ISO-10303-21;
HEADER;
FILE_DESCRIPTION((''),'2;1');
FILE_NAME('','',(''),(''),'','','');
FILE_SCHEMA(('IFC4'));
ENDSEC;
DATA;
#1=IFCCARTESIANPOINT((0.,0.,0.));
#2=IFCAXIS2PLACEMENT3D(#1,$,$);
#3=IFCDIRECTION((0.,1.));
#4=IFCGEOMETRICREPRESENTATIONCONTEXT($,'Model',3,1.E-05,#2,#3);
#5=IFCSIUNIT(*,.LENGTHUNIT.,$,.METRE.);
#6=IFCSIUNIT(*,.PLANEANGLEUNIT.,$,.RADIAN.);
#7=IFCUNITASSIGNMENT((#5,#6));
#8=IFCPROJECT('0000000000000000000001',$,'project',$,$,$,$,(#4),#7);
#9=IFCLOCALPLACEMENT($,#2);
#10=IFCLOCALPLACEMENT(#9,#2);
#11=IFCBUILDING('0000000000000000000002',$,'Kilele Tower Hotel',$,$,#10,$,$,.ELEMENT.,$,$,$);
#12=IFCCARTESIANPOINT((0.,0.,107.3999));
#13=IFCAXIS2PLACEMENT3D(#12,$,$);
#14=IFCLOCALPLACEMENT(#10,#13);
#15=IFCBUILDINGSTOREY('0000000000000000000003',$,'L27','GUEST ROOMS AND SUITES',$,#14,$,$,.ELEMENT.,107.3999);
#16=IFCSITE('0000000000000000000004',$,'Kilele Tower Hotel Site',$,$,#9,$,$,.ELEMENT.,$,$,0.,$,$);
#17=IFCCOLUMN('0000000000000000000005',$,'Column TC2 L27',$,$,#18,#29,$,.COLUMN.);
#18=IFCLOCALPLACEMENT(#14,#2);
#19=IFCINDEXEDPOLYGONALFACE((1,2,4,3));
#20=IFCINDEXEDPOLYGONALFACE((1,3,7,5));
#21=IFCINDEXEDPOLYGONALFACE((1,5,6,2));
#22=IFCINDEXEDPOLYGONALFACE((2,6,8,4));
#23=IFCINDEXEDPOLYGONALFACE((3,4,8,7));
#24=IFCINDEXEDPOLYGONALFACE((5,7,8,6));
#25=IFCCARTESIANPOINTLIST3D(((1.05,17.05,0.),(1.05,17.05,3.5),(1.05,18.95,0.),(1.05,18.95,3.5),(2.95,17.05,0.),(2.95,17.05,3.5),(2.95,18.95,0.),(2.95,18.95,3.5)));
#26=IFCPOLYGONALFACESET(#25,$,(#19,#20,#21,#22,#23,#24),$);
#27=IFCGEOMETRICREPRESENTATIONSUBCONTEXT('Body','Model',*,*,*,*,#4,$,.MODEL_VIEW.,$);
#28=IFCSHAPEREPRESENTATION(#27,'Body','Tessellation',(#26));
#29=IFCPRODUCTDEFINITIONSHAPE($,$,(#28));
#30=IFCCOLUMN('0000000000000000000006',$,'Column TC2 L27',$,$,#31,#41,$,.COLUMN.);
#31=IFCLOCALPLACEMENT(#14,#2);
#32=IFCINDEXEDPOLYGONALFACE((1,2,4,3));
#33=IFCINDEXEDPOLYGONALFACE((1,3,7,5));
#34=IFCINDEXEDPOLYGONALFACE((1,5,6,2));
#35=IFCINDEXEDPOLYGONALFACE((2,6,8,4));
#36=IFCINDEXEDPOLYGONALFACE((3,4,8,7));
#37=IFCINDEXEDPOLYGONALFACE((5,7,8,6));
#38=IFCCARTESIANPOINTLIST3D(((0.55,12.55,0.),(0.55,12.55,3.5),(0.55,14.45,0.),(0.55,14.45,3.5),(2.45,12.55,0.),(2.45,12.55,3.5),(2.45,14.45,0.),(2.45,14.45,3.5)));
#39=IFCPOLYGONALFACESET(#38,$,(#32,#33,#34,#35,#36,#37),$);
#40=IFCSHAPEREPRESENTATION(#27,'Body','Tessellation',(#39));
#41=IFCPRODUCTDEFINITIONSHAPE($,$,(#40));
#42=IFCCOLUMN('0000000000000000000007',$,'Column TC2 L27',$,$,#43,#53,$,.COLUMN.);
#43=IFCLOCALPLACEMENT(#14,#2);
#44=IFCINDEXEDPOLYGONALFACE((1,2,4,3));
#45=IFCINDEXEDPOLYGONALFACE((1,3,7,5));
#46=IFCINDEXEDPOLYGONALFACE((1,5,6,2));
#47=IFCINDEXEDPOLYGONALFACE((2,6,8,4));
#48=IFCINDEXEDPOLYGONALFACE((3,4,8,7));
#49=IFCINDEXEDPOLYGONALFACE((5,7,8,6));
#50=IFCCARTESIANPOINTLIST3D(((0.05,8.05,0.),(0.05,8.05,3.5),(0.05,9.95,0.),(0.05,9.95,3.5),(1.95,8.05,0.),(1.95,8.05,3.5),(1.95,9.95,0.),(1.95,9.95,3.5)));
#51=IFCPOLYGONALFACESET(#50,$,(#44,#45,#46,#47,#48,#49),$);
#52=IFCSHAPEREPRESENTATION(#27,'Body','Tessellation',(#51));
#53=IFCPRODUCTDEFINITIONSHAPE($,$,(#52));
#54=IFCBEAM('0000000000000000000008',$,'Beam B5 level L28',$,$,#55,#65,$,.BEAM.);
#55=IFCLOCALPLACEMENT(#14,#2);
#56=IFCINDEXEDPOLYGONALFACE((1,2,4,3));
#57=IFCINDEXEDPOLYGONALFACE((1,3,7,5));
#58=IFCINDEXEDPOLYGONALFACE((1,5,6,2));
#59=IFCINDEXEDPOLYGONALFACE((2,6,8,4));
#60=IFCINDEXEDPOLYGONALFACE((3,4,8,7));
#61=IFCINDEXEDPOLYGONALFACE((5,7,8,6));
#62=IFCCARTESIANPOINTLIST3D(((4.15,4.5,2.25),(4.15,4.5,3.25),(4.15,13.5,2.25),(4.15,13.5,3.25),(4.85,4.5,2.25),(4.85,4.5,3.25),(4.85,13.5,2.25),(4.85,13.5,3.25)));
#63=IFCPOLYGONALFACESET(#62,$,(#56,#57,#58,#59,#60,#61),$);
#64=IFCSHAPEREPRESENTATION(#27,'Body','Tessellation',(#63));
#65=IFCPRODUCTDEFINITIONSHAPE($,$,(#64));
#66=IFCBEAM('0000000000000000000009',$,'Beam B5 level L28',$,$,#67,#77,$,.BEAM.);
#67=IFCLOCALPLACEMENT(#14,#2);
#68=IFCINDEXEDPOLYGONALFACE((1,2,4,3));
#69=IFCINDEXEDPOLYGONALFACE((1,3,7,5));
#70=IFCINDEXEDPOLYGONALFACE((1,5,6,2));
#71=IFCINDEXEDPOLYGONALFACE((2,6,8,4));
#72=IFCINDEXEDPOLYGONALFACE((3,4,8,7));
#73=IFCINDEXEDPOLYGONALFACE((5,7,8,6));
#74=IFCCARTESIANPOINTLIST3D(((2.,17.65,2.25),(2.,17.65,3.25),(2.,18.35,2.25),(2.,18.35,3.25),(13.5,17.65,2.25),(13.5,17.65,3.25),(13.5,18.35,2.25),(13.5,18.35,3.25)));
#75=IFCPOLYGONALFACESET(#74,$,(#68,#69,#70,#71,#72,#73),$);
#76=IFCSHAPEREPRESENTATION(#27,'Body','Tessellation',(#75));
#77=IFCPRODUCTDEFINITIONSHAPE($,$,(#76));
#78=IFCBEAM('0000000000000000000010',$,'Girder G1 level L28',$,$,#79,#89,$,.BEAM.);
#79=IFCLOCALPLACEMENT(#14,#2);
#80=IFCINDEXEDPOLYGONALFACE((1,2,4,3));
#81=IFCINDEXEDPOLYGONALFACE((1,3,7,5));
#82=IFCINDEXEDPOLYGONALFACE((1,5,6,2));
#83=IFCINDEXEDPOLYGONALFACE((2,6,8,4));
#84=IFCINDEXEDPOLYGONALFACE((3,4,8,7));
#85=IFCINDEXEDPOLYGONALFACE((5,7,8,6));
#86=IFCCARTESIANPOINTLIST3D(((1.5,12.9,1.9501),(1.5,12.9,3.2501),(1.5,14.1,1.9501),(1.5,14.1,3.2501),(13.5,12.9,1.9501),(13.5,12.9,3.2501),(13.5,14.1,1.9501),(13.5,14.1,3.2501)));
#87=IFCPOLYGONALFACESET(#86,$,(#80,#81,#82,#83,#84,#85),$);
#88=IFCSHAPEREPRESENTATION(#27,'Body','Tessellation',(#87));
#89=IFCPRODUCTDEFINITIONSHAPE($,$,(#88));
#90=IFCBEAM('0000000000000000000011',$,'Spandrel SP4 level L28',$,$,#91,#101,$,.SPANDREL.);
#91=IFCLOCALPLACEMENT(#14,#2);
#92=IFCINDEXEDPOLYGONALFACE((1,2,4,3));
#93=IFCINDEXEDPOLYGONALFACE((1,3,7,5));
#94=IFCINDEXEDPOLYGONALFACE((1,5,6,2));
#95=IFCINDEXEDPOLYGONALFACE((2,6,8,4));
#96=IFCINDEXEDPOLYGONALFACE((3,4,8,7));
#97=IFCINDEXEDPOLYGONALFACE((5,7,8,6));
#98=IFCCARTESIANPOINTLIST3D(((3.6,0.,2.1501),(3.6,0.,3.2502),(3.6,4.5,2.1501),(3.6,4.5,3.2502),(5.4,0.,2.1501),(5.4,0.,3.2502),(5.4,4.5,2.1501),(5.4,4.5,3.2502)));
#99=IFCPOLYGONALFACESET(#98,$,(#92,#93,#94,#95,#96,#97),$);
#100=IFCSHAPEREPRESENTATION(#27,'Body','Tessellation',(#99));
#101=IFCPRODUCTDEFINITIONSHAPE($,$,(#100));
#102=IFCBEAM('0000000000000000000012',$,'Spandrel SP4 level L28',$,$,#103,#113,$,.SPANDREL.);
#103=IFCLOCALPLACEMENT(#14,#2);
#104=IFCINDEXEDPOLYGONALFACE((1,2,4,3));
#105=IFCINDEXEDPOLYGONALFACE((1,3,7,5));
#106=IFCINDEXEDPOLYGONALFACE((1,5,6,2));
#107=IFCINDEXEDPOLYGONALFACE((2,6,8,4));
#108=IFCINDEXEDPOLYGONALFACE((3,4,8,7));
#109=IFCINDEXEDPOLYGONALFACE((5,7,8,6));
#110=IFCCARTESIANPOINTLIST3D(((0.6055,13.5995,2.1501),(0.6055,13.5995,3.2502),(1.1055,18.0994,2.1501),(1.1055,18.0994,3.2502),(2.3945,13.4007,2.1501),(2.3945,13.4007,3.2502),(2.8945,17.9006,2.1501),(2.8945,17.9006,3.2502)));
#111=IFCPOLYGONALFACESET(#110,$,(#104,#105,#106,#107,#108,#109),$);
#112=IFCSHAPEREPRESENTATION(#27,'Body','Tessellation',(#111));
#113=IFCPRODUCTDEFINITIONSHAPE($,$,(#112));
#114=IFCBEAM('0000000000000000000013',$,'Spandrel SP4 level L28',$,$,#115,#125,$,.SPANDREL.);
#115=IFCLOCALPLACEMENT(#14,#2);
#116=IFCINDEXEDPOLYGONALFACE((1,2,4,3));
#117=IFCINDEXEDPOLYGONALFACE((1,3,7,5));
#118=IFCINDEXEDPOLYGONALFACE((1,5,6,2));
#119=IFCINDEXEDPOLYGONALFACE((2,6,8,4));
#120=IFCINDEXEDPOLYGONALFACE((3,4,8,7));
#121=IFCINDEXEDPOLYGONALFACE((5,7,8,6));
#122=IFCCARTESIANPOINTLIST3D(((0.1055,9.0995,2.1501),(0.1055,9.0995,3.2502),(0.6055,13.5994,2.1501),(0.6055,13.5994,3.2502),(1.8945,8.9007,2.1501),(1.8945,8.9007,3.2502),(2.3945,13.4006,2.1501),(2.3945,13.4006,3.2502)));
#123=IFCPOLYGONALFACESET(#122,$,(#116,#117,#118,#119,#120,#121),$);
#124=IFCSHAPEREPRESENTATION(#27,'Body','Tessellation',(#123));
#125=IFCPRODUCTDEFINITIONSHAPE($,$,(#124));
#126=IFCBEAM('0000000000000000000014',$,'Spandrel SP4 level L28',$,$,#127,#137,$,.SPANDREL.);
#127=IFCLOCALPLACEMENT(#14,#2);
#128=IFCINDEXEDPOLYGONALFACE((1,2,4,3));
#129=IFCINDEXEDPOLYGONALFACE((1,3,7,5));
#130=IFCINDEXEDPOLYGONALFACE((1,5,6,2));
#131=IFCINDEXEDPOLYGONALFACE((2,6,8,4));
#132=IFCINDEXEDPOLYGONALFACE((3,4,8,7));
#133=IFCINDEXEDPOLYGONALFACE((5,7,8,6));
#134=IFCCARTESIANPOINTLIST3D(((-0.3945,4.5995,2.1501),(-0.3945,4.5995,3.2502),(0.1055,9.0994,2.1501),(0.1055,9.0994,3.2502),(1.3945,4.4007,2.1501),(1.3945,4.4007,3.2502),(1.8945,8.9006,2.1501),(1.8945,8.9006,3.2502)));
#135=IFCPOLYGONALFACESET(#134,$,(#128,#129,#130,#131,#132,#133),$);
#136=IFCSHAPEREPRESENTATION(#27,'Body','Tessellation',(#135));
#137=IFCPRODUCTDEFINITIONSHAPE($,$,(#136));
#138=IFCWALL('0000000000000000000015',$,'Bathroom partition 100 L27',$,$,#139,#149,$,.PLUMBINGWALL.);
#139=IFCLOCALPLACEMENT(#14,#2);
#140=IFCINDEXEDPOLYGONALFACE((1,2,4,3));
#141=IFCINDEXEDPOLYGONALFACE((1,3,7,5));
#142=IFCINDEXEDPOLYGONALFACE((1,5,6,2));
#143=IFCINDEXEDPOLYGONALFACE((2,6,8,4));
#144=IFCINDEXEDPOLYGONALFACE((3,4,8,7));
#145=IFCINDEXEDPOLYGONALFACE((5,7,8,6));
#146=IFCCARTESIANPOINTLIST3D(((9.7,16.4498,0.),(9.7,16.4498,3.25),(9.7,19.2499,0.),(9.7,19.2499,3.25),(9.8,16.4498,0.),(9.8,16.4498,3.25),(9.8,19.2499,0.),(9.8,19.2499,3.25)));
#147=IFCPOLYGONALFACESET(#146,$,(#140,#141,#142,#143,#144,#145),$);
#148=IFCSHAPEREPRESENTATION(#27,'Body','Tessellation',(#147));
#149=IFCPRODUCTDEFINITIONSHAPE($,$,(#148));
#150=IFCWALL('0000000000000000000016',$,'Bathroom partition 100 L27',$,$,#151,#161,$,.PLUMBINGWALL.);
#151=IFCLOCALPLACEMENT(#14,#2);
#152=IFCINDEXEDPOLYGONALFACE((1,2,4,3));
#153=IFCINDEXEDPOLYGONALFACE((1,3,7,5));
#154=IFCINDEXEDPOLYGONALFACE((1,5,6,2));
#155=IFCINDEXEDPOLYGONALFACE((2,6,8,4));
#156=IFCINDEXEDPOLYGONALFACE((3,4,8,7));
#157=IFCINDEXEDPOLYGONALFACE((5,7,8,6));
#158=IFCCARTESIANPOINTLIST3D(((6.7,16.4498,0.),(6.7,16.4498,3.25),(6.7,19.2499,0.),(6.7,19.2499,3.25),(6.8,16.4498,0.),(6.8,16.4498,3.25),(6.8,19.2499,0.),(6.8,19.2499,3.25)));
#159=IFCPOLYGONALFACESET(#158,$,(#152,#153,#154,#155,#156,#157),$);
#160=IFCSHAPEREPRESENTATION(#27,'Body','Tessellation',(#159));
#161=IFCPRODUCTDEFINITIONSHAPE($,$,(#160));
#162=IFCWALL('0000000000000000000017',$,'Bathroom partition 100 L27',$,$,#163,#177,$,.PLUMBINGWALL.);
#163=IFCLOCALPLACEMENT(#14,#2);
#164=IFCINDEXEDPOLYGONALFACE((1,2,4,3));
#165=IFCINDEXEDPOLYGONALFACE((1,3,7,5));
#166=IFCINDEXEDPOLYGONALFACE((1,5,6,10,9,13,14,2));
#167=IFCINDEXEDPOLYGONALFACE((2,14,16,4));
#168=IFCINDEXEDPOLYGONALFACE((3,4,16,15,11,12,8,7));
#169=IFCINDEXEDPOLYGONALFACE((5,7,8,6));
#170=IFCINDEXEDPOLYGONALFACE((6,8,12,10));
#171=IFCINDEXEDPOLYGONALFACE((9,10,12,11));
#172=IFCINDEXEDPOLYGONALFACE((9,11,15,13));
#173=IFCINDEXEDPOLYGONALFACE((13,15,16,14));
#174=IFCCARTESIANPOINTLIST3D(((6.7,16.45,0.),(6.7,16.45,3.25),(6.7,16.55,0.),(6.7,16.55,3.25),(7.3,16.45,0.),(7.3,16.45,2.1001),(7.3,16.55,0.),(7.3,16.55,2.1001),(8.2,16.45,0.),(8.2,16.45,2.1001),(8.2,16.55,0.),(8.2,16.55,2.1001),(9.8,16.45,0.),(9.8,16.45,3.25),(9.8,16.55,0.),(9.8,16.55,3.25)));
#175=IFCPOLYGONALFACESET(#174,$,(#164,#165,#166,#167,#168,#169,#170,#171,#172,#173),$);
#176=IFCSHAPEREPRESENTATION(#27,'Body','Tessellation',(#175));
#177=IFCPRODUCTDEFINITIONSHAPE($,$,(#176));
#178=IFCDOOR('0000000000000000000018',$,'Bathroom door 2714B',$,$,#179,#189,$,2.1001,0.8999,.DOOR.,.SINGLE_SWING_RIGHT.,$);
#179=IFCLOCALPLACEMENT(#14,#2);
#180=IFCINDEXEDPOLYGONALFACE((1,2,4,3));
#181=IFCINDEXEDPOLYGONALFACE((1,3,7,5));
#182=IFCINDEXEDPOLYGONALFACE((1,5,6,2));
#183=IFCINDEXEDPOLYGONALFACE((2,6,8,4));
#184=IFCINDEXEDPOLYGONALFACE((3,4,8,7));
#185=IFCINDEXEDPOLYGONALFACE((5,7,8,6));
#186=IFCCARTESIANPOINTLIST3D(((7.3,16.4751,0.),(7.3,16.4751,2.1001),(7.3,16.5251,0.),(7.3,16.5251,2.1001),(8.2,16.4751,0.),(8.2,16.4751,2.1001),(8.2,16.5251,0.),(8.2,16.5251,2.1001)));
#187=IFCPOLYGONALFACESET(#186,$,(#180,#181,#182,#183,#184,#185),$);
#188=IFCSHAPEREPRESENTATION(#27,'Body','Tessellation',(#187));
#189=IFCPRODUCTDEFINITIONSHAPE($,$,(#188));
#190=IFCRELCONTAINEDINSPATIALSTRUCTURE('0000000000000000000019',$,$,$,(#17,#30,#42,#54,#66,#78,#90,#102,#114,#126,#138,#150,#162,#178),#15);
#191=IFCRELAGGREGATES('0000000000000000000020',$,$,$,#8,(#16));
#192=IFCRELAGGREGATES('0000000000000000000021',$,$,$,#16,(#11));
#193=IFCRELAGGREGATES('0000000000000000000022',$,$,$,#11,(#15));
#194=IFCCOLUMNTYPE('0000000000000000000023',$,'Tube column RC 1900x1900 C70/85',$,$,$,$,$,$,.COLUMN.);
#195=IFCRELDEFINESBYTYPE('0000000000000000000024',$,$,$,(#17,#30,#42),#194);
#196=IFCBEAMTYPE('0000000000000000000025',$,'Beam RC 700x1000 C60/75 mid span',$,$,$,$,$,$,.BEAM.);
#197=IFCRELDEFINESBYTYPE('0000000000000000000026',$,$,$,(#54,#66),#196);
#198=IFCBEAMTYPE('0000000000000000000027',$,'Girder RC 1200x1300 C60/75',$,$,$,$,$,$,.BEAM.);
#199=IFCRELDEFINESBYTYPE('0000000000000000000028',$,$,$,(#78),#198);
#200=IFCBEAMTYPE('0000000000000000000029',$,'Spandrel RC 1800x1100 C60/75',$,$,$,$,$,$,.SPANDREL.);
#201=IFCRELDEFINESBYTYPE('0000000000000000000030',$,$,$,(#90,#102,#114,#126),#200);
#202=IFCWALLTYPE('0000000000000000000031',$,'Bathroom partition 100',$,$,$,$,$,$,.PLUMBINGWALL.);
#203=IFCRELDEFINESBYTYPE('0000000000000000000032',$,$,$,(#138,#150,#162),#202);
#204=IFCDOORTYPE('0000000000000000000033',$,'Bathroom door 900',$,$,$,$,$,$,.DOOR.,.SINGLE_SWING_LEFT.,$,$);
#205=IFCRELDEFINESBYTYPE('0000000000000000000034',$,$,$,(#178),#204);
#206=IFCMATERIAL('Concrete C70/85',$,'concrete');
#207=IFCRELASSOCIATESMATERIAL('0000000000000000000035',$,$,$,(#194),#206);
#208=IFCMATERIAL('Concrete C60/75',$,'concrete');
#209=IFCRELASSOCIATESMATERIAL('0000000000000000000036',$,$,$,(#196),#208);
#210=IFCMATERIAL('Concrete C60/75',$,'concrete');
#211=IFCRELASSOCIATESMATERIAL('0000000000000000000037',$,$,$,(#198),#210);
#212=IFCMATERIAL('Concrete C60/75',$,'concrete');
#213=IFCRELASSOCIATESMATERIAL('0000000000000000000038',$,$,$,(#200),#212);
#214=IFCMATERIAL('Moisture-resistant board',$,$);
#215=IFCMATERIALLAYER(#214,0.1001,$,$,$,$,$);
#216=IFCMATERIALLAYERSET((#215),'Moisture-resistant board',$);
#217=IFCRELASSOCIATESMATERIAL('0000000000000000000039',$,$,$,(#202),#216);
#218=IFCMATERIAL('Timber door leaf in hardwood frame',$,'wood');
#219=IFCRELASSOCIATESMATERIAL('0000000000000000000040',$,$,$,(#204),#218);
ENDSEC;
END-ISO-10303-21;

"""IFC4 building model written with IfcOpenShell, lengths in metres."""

from ifc_helpers import new_model, si_unit, direction, frame, frame_2d, origin, origin_2d, place, context, subcontext, project, spatial, rectangle, extrude, material, layer, layer_set, material_profile, profile_set, type_object, element, fill, save


model = new_model("IFC4")

# Units and contexts
model_context = context("Model", 3, precision=1e-05, world=origin(), true_north=direction((0.0, 1.0)))
body_context = subcontext(model_context, "Body", "Model", "MODEL_VIEW")
ifc_project = project(units=[si_unit("LENGTHUNIT", "METRE"), si_unit("PLANEANGLEUNIT", "RADIAN")], contexts=[model_context])

# Site, building, storey
site_placement = place(None, origin())
site = spatial("IfcSite", under=ifc_project, at=site_placement, Name="Kilele Tower Hotel Site", CompositionType="ELEMENT", RefElevation=0.0)
building_placement = place(site_placement, origin())
building = spatial("IfcBuilding", under=site, at=building_placement, Name="Kilele Tower Hotel", CompositionType="ELEMENT")
storey_placement = place(building_placement, frame((0.0, 0.0, 107.3999)))
storey = spatial("IfcBuildingStorey", under=building, at=storey_placement, Name="L27", Description="GUEST ROOMS AND SUITES", CompositionType="ELEMENT", Elevation=107.3999)

# Columns
ifc_material_1 = material(Name="Concrete C70/85", Category="concrete")
ifc_material_profile_1 = material_profile(ifc_material_1, rectangle(XDim=1.8999, YDim=1.8999, at=origin_2d()))
ifc_profile_set_1 = profile_set([ifc_material_profile_1], Name="Concrete C70/85")
column_type = type_object("IfcColumnType", Name="Tube column RC 1900x1900 C70/85", PredefinedType="COLUMN", material=ifc_profile_set_1)
for number, where, z_axis, x_axis, name in (
    (1, (2.0, 18.0, 0.0), (0.0, 0.0, 1.0), (1.0, 0.0, 0.0), "Column TC2 L27"),
    (2, (1.5, 13.5, 0.0), (0.0, 0.0, 1.0), (1.0, 0.0, 0.0), "Column TC2 L27"),
    (3, (1.0, 9.0, 0.0), (0.0, 0.0, 1.0), (1.0, 0.0, 0.0), "Column TC2 L27"),
):
    element("IfcColumn", number, at=place(storey_placement, frame(where, z_axis=z_axis, x_axis=x_axis)), inside=storey, type_object=column_type, Name=name, PredefinedType="COLUMN", context=body_context, shape_type="SweptSolid", body=[
        extrude(rectangle(XDim=1.8999, YDim=1.8999, at=origin_2d()), origin(), (0.0, 0.0, 1.0), 3.5),
    ])

# Beams
ifc_material_2 = material(Name="Concrete C60/75", Category="concrete")
ifc_material_profile_2 = material_profile(ifc_material_2, rectangle(XDim=0.7, YDim=1.0, at=origin_2d()))
ifc_profile_set_2 = profile_set([ifc_material_profile_2], Name="Concrete C60/75")
beam_type_1 = type_object("IfcBeamType", Name="Beam RC 700x1000 C60/75 mid span", PredefinedType="BEAM", material=ifc_profile_set_2)
beam_1_placement = place(storey_placement, frame((4.5, 4.5, 2.75), z_axis=(0.0, 1.0, 0.0), x_axis=(-1.0, 0.0, 0.0)))
element("IfcBeam", 4, at=beam_1_placement, inside=storey, type_object=beam_type_1, Name="Beam B5 level L28", PredefinedType="BEAM", context=body_context, shape_type="SweptSolid", body=[
    extrude(rectangle(XDim=0.7, YDim=1.0, at=origin_2d()), origin(), (0.0, 0.0, 1.0), 9.0),
])
beam_2_placement = place(storey_placement, frame((2.0, 18.0, 2.75), z_axis=(1.0, 0.0, 0.0), x_axis=(0.0, 1.0, 0.0)))
element("IfcBeam", 5, at=beam_2_placement, inside=storey, type_object=beam_type_1, Name="Beam B5 level L28", PredefinedType="BEAM", context=body_context, shape_type="SweptSolid", body=[
    extrude(rectangle(XDim=0.7, YDim=1.0, at=origin_2d()), origin(), (0.0, 0.0, 1.0), 11.5),
])
ifc_material_3 = material(Name="Concrete C60/75", Category="concrete")
ifc_material_profile_3 = material_profile(ifc_material_3, rectangle(XDim=1.2, YDim=1.3, at=origin_2d()))
ifc_profile_set_3 = profile_set([ifc_material_profile_3], Name="Concrete C60/75")
beam_type_2 = type_object("IfcBeamType", Name="Girder RC 1200x1300 C60/75", PredefinedType="BEAM", material=ifc_profile_set_3)
beam_3_placement = place(storey_placement, frame((1.5, 13.5, 2.6001), z_axis=(1.0, 0.0, 0.0), x_axis=(0.0, 1.0, 0.0)))
element("IfcBeam", 6, at=beam_3_placement, inside=storey, type_object=beam_type_2, Name="Girder G1 level L28", PredefinedType="BEAM", context=body_context, shape_type="SweptSolid", body=[
    extrude(rectangle(XDim=1.2, YDim=1.3, at=origin_2d()), origin(), (0.0, 0.0, 1.0), 12.0),
])
ifc_material_4 = material(Name="Concrete C60/75", Category="concrete")
ifc_material_profile_4 = material_profile(ifc_material_4, rectangle(XDim=1.8, YDim=1.1001, at=origin_2d()))
ifc_profile_set_4 = profile_set([ifc_material_profile_4], Name="Concrete C60/75")
beam_type_3 = type_object("IfcBeamType", Name="Spandrel RC 1800x1100 C60/75", PredefinedType="SPANDREL", material=ifc_profile_set_4)
beam_4_placement = place(storey_placement, frame((4.5, 4.5, 2.7002), z_axis=(0.0, -1.0, 0.0), x_axis=(1.0, 0.0, 0.0)))
element("IfcBeam", 7, at=beam_4_placement, inside=storey, type_object=beam_type_3, Name="Spandrel SP4 level L28", PredefinedType="SPANDREL", context=body_context, shape_type="SweptSolid", body=[
    extrude(rectangle(XDim=1.8, YDim=1.1001, at=origin_2d()), origin(), (0.0, 0.0, 1.0), 4.5),
])
for number, where, z_axis, x_axis, name in (
    (8, (2.0, 18.0, 2.7002), (-0.110432, -0.993884, 0.0), (0.993884, -0.110432, 0.0), "Spandrel SP4 level L28"),
    (9, (1.5, 13.5, 2.7002), (-0.110432, -0.993884, 0.0), (0.993884, -0.110432, 0.0), "Spandrel SP4 level L28"),
    (10, (1.0, 9.0, 2.7002), (-0.110432, -0.993884, 0.0), (0.993884, -0.110432, 0.0), "Spandrel SP4 level L28"),
):
    element("IfcBeam", number, at=place(storey_placement, frame(where, z_axis=z_axis, x_axis=x_axis)), inside=storey, type_object=beam_type_3, Name=name, PredefinedType="SPANDREL", context=body_context, shape_type="SweptSolid", body=[
        extrude(rectangle(XDim=1.8, YDim=1.1001, at=origin_2d()), origin(), (0.0, 0.0, 1.0), 4.5276),
    ])

# Walls
ifc_material_5 = material(Name="Moisture-resistant board")
ifc_layer_1 = layer(ifc_material_5, 0.1001)
ifc_layer_set_1 = layer_set([ifc_layer_1], Name="Moisture-resistant board")
wall_type_1 = type_object("IfcWallType", Name="Bathroom partition 100", PredefinedType="PLUMBINGWALL", material=ifc_layer_set_1)
for number, where, z_axis, x_axis, name in (
    (11, (9.75, 16.45, 0.0), (0.0, 0.0, 1.0), (0.0, 1.0, 0.0), "Bathroom partition 100 L27"),
    (12, (6.75, 16.45, 0.0), (0.0, 0.0, 1.0), (0.0, 1.0, 0.0), "Bathroom partition 100 L27"),
):
    element("IfcWall", number, at=place(storey_placement, frame(where, z_axis=z_axis, x_axis=x_axis)), inside=storey, type_object=wall_type_1, Name=name, PredefinedType="PLUMBINGWALL", context=body_context, shape_type="SweptSolid", body=[
        extrude(rectangle(XDim=2.8, YDim=0.1001, at=frame_2d((1.3999, 0.0))), origin(), (0.0, 0.0, 1.0), 3.25),
    ])

# Wall, opening, door
wall_1_placement = place(storey_placement, frame((9.8, 16.5, 0.0), z_axis=(0.0, 0.0, 1.0), x_axis=(-1.0, 0.0, 0.0)))
wall_1 = element("IfcWall", 13, at=wall_1_placement, inside=storey, type_object=wall_type_1, Name="Bathroom partition 100 L27", PredefinedType="PLUMBINGWALL", context=body_context, shape_type="SweptSolid", body=[
    extrude(rectangle(XDim=3.1001, YDim=0.1001, at=frame_2d((1.55, 0.0))), origin(), (0.0, 0.0, 1.0), 3.25),
])
opening_1_placement = place(wall_1_placement, frame((1.6001, 0.0, 0.0)))
opening_1 = element("IfcOpeningElement", 14, at=opening_1_placement, cuts=wall_1, PredefinedType="OPENING", context=body_context, shape_type="SweptSolid", body=[
    extrude(rectangle(XDim=0.8999, YDim=2.1001, at=frame_2d((0.45, 1.05))), frame((0.0, 0.0601, 0.0), z_axis=(0.0, -1.0, 0.0), x_axis=(1.0, 0.0, 0.0)), (0.0, 0.0, 1.0), 0.1201),
])
ifc_material_6 = material(Name="Timber door leaf in hardwood frame", Category="wood")
door_type_1 = type_object("IfcDoorType", Name="Bathroom door 900", OperationType="SINGLE_SWING_LEFT", PredefinedType="DOOR", material=ifc_material_6)
door_1_placement = place(opening_1_placement, origin())
door_1 = element("IfcDoor", 15, at=door_1_placement, inside=storey, type_object=door_type_1, Name="Bathroom door 2714B", OperationType="SINGLE_SWING_RIGHT", OverallHeight=2.1001, OverallWidth=0.8999, PredefinedType="DOOR", context=body_context, shape_type="SweptSolid", body=[
    extrude(rectangle(XDim=0.8999, YDim=2.1001, at=frame_2d((0.45, 1.05))), frame((0.0, 0.0249, 0.0), z_axis=(0.0, -1.0, 0.0), x_axis=(1.0, 0.0, 0.0)), (0.0, 0.0, 1.0), 0.05),
])
fill(opening_1, door_1)

save(model, "model.ifc")
